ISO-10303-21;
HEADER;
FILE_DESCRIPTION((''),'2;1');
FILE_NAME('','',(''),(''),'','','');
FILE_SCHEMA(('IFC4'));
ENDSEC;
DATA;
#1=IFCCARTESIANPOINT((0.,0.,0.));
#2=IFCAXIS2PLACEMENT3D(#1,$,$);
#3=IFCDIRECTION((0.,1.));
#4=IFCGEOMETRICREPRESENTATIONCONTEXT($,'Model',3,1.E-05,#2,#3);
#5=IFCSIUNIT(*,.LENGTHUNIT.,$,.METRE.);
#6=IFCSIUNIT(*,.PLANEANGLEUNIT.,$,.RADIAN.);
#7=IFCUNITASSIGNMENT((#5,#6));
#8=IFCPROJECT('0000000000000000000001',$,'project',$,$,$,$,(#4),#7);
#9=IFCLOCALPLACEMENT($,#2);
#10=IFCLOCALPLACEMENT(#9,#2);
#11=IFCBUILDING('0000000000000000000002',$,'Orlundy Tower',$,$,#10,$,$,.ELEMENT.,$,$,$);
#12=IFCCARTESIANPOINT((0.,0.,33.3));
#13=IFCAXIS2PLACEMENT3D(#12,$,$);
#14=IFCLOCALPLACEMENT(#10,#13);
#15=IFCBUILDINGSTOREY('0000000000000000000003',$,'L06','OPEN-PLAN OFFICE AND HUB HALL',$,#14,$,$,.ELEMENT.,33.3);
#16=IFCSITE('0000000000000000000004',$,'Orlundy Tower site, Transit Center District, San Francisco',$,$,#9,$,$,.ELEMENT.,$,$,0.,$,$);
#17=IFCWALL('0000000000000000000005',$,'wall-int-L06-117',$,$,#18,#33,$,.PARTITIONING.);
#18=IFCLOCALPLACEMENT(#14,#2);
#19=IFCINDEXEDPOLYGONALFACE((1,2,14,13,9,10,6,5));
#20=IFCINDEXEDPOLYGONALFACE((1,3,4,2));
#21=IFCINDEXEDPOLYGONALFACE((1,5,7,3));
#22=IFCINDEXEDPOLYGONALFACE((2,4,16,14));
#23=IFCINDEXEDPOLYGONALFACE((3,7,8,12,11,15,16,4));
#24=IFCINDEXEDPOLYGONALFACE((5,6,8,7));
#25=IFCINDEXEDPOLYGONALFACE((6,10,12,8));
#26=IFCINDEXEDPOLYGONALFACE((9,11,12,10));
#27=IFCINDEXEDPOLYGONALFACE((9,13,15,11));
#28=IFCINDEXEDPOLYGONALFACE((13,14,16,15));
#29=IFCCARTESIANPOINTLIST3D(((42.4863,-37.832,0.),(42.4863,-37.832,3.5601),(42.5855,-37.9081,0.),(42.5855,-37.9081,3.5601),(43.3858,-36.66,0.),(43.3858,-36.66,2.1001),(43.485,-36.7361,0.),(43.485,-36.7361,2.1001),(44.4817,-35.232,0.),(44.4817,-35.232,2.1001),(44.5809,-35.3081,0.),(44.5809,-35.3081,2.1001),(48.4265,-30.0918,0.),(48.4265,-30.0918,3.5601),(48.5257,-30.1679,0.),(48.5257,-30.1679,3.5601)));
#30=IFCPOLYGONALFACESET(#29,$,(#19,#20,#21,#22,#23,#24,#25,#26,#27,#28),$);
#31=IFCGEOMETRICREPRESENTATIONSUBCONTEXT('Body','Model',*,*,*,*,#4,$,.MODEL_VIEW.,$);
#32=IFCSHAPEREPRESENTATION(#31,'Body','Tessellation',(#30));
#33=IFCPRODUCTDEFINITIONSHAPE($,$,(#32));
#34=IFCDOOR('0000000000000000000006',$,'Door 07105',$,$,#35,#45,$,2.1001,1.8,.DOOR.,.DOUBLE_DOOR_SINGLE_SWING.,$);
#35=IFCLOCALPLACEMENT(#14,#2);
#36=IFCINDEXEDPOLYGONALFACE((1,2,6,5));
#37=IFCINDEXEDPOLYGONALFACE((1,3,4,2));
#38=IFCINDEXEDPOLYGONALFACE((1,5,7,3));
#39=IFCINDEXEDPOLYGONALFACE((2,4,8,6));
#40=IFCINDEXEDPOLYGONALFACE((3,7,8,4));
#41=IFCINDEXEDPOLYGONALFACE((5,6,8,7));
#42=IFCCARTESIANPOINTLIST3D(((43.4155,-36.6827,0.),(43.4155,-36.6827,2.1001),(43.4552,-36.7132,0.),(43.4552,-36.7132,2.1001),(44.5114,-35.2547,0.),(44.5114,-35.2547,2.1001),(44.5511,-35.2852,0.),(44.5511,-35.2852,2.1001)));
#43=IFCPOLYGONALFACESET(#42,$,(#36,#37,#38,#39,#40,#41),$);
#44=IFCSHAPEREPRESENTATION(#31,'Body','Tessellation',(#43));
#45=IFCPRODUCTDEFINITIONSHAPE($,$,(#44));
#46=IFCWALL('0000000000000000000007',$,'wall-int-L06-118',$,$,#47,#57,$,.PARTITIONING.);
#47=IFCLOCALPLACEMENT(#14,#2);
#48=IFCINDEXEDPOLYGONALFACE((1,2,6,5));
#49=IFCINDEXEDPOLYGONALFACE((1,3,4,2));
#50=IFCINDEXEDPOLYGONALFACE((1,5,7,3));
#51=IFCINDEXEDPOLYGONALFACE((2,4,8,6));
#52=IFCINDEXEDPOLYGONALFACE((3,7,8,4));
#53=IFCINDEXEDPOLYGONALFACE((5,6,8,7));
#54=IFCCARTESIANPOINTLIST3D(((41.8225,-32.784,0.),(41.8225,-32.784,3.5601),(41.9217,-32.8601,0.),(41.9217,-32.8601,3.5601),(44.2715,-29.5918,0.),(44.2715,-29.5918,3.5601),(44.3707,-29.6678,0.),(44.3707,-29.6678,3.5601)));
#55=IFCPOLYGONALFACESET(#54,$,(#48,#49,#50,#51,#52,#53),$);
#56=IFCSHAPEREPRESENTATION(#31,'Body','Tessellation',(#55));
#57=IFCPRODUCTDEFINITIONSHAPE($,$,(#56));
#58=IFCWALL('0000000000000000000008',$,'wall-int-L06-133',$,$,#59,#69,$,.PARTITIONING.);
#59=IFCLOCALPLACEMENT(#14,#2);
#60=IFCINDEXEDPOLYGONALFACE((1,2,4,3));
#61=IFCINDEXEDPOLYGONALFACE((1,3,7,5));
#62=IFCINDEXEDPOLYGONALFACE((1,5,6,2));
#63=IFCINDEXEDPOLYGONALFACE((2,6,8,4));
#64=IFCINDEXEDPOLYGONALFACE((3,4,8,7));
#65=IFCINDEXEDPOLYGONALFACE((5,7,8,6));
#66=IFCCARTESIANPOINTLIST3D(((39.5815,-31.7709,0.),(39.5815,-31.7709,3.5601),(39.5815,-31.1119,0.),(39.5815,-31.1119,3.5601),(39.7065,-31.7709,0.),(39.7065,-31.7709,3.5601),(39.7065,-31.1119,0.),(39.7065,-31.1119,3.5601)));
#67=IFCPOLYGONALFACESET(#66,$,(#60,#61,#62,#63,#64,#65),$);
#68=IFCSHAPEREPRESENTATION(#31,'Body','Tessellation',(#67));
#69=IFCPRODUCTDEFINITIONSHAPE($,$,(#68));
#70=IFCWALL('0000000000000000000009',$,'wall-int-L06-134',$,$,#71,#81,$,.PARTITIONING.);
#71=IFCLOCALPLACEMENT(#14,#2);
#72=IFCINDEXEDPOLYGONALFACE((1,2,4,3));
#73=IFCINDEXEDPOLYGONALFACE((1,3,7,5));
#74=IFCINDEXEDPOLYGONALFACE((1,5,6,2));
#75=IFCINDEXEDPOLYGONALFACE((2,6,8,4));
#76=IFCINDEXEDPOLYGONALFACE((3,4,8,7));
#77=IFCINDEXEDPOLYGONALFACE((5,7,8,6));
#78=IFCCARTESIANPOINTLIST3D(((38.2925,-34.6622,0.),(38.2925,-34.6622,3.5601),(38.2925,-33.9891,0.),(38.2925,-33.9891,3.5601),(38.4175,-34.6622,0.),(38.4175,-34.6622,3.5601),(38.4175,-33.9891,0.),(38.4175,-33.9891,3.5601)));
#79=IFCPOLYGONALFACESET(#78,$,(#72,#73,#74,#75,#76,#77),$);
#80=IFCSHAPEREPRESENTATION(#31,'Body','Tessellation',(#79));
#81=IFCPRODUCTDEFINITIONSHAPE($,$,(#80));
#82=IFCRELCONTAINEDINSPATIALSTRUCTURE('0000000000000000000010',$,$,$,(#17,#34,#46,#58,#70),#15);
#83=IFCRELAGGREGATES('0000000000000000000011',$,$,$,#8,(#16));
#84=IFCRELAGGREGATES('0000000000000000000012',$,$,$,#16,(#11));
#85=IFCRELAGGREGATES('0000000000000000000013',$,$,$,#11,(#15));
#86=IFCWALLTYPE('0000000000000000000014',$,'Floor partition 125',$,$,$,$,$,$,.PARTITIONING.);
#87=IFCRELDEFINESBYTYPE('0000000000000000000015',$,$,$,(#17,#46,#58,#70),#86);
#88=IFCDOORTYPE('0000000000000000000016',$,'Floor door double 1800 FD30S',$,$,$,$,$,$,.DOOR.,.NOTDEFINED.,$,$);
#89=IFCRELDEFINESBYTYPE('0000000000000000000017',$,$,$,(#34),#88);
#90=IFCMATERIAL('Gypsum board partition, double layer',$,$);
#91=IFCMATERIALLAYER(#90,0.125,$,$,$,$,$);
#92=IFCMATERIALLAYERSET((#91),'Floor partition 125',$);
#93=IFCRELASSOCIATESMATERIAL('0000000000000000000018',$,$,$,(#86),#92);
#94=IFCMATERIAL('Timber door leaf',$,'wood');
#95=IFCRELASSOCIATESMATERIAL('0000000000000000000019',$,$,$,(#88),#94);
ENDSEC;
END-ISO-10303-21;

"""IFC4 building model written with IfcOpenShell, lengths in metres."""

from ifc_helpers import new_model, si_unit, direction, frame, frame_2d, origin, place, context, subcontext, project, spatial, rectangle, extrude, material, layer, layer_set, type_object, element, fill, save


model = new_model("IFC4")

# Units and contexts
model_context = context("Model", 3, precision=1e-05, world=origin(), true_north=direction((0.0, 1.0)))
body_context = subcontext(model_context, "Body", "Model", "MODEL_VIEW")
ifc_project = project(units=[si_unit("LENGTHUNIT", "METRE"), si_unit("PLANEANGLEUNIT", "RADIAN")], contexts=[model_context])

# Site, building, storey
site_placement = place(None, origin())
site = spatial("IfcSite", under=ifc_project, at=site_placement, Name="Orlundy Tower site, Transit Center District, San Francisco", CompositionType="ELEMENT", RefElevation=0.0)
building_placement = place(site_placement, origin())
building = spatial("IfcBuilding", under=site, at=building_placement, Name="Orlundy Tower", CompositionType="ELEMENT")
storey_placement = place(building_placement, frame((0.0, 0.0, 33.3)))
storey = spatial("IfcBuildingStorey", under=building, at=storey_placement, Name="L06", Description="OPEN-PLAN OFFICE AND HUB HALL", CompositionType="ELEMENT", Elevation=33.3)

# Shared definitions
ifc_material_1 = material(Name="Gypsum board partition, double layer")
ifc_layer_1 = layer(ifc_material_1, 0.125)
ifc_layer_set_1 = layer_set([ifc_layer_1], Name="Floor partition 125")
wall_type_1 = type_object("IfcWallType", Name="Floor partition 125", PredefinedType="PARTITIONING", material=ifc_layer_set_1)
ifc_material_2 = material(Name="Timber door leaf", Category="wood")
door_type = type_object("IfcDoorType", Name="Floor door double 1800 FD30S", OperationType="NOTDEFINED", PredefinedType="DOOR", material=ifc_material_2)

# Wall, opening, door
wall_1_placement = place(storey_placement, frame((48.4761, -30.1299, 0.0), z_axis=(0.0, 0.0, 1.0), x_axis=(-0.608819, -0.793309, 0.0)))
wall_1 = element("IfcWall", 1, at=wall_1_placement, inside=storey, type_object=wall_type_1, Name="wall-int-L06-117", PredefinedType="PARTITIONING", context=body_context, shape_type="SweptSolid", body=[
    extrude(rectangle(XDim=9.7568, YDim=0.125, at=frame_2d((4.8784, 0.0))), origin(), (0.0, 0.0, 1.0), 3.5601),
])
opening_1_placement = place(wall_1_placement, frame((6.4795, 0.0, 0.0)))
opening_1 = element("IfcOpeningElement", 2, at=opening_1_placement, cuts=wall_1, PredefinedType="OPENING", context=body_context, shape_type="SweptSolid", body=[
    extrude(rectangle(XDim=1.8, YDim=2.1001, at=frame_2d((0.8999, 1.05))), frame((0.0, 0.0725, 0.0), z_axis=(0.0, -1.0, 0.0), x_axis=(1.0, 0.0, 0.0)), (0.0, 0.0, 1.0), 0.145),
])
door_1_placement = place(opening_1_placement, origin())
door_1 = element("IfcDoor", 3, at=door_1_placement, inside=storey, type_object=door_type, Name="Door 07105", OperationType="DOUBLE_DOOR_SINGLE_SWING", OverallHeight=2.1001, OverallWidth=1.8, PredefinedType="DOOR", context=body_context, shape_type="SweptSolid", body=[
    extrude(rectangle(XDim=1.8, YDim=2.1001, at=frame_2d((0.8999, 1.05))), frame((0.0, 0.0249, 0.0), z_axis=(0.0, -1.0, 0.0), x_axis=(1.0, 0.0, 0.0)), (0.0, 0.0, 1.0), 0.05),
])
fill(opening_1, door_1)

# Walls
wall_2_placement = place(storey_placement, frame((41.8721, -32.822, 0.0), z_axis=(0.0, 0.0, 1.0), x_axis=(0.608693, 0.793406, 0.0)))
element("IfcWall", 4, at=wall_2_placement, inside=storey, type_object=wall_type_1, Name="wall-int-L06-118", PredefinedType="PARTITIONING", context=body_context, shape_type="SweptSolid", body=[
    extrude(rectangle(XDim=4.0234, YDim=0.125, at=frame_2d((2.0117, 0.0))), origin(), (0.0, 0.0, 1.0), 3.5601),
])
wall_3_placement = place(storey_placement, frame((39.644, -31.771, 0.0), z_axis=(0.0, 0.0, 1.0), x_axis=(0.0, 1.0, 0.0)))
element("IfcWall", 5, at=wall_3_placement, inside=storey, type_object=wall_type_1, Name="wall-int-L06-133", PredefinedType="PARTITIONING", context=body_context, shape_type="SweptSolid", body=[
    extrude(rectangle(XDim=0.6589, YDim=0.125, at=frame_2d((0.3296, 0.0))), origin(), (0.0, 0.0, 1.0), 3.5601),
])
wall_4_placement = place(storey_placement, frame((38.355, -34.6621, 0.0), z_axis=(0.0, 0.0, 1.0), x_axis=(0.0, 1.0, 0.0)))
element("IfcWall", 6, at=wall_4_placement, inside=storey, type_object=wall_type_1, Name="wall-int-L06-134", PredefinedType="PARTITIONING", context=body_context, shape_type="SweptSolid", body=[
    extrude(rectangle(XDim=0.6731, YDim=0.125, at=frame_2d((0.3364, 0.0))), origin(), (0.0, 0.0, 1.0), 3.5601),
])

save(model, "model.ifc")
